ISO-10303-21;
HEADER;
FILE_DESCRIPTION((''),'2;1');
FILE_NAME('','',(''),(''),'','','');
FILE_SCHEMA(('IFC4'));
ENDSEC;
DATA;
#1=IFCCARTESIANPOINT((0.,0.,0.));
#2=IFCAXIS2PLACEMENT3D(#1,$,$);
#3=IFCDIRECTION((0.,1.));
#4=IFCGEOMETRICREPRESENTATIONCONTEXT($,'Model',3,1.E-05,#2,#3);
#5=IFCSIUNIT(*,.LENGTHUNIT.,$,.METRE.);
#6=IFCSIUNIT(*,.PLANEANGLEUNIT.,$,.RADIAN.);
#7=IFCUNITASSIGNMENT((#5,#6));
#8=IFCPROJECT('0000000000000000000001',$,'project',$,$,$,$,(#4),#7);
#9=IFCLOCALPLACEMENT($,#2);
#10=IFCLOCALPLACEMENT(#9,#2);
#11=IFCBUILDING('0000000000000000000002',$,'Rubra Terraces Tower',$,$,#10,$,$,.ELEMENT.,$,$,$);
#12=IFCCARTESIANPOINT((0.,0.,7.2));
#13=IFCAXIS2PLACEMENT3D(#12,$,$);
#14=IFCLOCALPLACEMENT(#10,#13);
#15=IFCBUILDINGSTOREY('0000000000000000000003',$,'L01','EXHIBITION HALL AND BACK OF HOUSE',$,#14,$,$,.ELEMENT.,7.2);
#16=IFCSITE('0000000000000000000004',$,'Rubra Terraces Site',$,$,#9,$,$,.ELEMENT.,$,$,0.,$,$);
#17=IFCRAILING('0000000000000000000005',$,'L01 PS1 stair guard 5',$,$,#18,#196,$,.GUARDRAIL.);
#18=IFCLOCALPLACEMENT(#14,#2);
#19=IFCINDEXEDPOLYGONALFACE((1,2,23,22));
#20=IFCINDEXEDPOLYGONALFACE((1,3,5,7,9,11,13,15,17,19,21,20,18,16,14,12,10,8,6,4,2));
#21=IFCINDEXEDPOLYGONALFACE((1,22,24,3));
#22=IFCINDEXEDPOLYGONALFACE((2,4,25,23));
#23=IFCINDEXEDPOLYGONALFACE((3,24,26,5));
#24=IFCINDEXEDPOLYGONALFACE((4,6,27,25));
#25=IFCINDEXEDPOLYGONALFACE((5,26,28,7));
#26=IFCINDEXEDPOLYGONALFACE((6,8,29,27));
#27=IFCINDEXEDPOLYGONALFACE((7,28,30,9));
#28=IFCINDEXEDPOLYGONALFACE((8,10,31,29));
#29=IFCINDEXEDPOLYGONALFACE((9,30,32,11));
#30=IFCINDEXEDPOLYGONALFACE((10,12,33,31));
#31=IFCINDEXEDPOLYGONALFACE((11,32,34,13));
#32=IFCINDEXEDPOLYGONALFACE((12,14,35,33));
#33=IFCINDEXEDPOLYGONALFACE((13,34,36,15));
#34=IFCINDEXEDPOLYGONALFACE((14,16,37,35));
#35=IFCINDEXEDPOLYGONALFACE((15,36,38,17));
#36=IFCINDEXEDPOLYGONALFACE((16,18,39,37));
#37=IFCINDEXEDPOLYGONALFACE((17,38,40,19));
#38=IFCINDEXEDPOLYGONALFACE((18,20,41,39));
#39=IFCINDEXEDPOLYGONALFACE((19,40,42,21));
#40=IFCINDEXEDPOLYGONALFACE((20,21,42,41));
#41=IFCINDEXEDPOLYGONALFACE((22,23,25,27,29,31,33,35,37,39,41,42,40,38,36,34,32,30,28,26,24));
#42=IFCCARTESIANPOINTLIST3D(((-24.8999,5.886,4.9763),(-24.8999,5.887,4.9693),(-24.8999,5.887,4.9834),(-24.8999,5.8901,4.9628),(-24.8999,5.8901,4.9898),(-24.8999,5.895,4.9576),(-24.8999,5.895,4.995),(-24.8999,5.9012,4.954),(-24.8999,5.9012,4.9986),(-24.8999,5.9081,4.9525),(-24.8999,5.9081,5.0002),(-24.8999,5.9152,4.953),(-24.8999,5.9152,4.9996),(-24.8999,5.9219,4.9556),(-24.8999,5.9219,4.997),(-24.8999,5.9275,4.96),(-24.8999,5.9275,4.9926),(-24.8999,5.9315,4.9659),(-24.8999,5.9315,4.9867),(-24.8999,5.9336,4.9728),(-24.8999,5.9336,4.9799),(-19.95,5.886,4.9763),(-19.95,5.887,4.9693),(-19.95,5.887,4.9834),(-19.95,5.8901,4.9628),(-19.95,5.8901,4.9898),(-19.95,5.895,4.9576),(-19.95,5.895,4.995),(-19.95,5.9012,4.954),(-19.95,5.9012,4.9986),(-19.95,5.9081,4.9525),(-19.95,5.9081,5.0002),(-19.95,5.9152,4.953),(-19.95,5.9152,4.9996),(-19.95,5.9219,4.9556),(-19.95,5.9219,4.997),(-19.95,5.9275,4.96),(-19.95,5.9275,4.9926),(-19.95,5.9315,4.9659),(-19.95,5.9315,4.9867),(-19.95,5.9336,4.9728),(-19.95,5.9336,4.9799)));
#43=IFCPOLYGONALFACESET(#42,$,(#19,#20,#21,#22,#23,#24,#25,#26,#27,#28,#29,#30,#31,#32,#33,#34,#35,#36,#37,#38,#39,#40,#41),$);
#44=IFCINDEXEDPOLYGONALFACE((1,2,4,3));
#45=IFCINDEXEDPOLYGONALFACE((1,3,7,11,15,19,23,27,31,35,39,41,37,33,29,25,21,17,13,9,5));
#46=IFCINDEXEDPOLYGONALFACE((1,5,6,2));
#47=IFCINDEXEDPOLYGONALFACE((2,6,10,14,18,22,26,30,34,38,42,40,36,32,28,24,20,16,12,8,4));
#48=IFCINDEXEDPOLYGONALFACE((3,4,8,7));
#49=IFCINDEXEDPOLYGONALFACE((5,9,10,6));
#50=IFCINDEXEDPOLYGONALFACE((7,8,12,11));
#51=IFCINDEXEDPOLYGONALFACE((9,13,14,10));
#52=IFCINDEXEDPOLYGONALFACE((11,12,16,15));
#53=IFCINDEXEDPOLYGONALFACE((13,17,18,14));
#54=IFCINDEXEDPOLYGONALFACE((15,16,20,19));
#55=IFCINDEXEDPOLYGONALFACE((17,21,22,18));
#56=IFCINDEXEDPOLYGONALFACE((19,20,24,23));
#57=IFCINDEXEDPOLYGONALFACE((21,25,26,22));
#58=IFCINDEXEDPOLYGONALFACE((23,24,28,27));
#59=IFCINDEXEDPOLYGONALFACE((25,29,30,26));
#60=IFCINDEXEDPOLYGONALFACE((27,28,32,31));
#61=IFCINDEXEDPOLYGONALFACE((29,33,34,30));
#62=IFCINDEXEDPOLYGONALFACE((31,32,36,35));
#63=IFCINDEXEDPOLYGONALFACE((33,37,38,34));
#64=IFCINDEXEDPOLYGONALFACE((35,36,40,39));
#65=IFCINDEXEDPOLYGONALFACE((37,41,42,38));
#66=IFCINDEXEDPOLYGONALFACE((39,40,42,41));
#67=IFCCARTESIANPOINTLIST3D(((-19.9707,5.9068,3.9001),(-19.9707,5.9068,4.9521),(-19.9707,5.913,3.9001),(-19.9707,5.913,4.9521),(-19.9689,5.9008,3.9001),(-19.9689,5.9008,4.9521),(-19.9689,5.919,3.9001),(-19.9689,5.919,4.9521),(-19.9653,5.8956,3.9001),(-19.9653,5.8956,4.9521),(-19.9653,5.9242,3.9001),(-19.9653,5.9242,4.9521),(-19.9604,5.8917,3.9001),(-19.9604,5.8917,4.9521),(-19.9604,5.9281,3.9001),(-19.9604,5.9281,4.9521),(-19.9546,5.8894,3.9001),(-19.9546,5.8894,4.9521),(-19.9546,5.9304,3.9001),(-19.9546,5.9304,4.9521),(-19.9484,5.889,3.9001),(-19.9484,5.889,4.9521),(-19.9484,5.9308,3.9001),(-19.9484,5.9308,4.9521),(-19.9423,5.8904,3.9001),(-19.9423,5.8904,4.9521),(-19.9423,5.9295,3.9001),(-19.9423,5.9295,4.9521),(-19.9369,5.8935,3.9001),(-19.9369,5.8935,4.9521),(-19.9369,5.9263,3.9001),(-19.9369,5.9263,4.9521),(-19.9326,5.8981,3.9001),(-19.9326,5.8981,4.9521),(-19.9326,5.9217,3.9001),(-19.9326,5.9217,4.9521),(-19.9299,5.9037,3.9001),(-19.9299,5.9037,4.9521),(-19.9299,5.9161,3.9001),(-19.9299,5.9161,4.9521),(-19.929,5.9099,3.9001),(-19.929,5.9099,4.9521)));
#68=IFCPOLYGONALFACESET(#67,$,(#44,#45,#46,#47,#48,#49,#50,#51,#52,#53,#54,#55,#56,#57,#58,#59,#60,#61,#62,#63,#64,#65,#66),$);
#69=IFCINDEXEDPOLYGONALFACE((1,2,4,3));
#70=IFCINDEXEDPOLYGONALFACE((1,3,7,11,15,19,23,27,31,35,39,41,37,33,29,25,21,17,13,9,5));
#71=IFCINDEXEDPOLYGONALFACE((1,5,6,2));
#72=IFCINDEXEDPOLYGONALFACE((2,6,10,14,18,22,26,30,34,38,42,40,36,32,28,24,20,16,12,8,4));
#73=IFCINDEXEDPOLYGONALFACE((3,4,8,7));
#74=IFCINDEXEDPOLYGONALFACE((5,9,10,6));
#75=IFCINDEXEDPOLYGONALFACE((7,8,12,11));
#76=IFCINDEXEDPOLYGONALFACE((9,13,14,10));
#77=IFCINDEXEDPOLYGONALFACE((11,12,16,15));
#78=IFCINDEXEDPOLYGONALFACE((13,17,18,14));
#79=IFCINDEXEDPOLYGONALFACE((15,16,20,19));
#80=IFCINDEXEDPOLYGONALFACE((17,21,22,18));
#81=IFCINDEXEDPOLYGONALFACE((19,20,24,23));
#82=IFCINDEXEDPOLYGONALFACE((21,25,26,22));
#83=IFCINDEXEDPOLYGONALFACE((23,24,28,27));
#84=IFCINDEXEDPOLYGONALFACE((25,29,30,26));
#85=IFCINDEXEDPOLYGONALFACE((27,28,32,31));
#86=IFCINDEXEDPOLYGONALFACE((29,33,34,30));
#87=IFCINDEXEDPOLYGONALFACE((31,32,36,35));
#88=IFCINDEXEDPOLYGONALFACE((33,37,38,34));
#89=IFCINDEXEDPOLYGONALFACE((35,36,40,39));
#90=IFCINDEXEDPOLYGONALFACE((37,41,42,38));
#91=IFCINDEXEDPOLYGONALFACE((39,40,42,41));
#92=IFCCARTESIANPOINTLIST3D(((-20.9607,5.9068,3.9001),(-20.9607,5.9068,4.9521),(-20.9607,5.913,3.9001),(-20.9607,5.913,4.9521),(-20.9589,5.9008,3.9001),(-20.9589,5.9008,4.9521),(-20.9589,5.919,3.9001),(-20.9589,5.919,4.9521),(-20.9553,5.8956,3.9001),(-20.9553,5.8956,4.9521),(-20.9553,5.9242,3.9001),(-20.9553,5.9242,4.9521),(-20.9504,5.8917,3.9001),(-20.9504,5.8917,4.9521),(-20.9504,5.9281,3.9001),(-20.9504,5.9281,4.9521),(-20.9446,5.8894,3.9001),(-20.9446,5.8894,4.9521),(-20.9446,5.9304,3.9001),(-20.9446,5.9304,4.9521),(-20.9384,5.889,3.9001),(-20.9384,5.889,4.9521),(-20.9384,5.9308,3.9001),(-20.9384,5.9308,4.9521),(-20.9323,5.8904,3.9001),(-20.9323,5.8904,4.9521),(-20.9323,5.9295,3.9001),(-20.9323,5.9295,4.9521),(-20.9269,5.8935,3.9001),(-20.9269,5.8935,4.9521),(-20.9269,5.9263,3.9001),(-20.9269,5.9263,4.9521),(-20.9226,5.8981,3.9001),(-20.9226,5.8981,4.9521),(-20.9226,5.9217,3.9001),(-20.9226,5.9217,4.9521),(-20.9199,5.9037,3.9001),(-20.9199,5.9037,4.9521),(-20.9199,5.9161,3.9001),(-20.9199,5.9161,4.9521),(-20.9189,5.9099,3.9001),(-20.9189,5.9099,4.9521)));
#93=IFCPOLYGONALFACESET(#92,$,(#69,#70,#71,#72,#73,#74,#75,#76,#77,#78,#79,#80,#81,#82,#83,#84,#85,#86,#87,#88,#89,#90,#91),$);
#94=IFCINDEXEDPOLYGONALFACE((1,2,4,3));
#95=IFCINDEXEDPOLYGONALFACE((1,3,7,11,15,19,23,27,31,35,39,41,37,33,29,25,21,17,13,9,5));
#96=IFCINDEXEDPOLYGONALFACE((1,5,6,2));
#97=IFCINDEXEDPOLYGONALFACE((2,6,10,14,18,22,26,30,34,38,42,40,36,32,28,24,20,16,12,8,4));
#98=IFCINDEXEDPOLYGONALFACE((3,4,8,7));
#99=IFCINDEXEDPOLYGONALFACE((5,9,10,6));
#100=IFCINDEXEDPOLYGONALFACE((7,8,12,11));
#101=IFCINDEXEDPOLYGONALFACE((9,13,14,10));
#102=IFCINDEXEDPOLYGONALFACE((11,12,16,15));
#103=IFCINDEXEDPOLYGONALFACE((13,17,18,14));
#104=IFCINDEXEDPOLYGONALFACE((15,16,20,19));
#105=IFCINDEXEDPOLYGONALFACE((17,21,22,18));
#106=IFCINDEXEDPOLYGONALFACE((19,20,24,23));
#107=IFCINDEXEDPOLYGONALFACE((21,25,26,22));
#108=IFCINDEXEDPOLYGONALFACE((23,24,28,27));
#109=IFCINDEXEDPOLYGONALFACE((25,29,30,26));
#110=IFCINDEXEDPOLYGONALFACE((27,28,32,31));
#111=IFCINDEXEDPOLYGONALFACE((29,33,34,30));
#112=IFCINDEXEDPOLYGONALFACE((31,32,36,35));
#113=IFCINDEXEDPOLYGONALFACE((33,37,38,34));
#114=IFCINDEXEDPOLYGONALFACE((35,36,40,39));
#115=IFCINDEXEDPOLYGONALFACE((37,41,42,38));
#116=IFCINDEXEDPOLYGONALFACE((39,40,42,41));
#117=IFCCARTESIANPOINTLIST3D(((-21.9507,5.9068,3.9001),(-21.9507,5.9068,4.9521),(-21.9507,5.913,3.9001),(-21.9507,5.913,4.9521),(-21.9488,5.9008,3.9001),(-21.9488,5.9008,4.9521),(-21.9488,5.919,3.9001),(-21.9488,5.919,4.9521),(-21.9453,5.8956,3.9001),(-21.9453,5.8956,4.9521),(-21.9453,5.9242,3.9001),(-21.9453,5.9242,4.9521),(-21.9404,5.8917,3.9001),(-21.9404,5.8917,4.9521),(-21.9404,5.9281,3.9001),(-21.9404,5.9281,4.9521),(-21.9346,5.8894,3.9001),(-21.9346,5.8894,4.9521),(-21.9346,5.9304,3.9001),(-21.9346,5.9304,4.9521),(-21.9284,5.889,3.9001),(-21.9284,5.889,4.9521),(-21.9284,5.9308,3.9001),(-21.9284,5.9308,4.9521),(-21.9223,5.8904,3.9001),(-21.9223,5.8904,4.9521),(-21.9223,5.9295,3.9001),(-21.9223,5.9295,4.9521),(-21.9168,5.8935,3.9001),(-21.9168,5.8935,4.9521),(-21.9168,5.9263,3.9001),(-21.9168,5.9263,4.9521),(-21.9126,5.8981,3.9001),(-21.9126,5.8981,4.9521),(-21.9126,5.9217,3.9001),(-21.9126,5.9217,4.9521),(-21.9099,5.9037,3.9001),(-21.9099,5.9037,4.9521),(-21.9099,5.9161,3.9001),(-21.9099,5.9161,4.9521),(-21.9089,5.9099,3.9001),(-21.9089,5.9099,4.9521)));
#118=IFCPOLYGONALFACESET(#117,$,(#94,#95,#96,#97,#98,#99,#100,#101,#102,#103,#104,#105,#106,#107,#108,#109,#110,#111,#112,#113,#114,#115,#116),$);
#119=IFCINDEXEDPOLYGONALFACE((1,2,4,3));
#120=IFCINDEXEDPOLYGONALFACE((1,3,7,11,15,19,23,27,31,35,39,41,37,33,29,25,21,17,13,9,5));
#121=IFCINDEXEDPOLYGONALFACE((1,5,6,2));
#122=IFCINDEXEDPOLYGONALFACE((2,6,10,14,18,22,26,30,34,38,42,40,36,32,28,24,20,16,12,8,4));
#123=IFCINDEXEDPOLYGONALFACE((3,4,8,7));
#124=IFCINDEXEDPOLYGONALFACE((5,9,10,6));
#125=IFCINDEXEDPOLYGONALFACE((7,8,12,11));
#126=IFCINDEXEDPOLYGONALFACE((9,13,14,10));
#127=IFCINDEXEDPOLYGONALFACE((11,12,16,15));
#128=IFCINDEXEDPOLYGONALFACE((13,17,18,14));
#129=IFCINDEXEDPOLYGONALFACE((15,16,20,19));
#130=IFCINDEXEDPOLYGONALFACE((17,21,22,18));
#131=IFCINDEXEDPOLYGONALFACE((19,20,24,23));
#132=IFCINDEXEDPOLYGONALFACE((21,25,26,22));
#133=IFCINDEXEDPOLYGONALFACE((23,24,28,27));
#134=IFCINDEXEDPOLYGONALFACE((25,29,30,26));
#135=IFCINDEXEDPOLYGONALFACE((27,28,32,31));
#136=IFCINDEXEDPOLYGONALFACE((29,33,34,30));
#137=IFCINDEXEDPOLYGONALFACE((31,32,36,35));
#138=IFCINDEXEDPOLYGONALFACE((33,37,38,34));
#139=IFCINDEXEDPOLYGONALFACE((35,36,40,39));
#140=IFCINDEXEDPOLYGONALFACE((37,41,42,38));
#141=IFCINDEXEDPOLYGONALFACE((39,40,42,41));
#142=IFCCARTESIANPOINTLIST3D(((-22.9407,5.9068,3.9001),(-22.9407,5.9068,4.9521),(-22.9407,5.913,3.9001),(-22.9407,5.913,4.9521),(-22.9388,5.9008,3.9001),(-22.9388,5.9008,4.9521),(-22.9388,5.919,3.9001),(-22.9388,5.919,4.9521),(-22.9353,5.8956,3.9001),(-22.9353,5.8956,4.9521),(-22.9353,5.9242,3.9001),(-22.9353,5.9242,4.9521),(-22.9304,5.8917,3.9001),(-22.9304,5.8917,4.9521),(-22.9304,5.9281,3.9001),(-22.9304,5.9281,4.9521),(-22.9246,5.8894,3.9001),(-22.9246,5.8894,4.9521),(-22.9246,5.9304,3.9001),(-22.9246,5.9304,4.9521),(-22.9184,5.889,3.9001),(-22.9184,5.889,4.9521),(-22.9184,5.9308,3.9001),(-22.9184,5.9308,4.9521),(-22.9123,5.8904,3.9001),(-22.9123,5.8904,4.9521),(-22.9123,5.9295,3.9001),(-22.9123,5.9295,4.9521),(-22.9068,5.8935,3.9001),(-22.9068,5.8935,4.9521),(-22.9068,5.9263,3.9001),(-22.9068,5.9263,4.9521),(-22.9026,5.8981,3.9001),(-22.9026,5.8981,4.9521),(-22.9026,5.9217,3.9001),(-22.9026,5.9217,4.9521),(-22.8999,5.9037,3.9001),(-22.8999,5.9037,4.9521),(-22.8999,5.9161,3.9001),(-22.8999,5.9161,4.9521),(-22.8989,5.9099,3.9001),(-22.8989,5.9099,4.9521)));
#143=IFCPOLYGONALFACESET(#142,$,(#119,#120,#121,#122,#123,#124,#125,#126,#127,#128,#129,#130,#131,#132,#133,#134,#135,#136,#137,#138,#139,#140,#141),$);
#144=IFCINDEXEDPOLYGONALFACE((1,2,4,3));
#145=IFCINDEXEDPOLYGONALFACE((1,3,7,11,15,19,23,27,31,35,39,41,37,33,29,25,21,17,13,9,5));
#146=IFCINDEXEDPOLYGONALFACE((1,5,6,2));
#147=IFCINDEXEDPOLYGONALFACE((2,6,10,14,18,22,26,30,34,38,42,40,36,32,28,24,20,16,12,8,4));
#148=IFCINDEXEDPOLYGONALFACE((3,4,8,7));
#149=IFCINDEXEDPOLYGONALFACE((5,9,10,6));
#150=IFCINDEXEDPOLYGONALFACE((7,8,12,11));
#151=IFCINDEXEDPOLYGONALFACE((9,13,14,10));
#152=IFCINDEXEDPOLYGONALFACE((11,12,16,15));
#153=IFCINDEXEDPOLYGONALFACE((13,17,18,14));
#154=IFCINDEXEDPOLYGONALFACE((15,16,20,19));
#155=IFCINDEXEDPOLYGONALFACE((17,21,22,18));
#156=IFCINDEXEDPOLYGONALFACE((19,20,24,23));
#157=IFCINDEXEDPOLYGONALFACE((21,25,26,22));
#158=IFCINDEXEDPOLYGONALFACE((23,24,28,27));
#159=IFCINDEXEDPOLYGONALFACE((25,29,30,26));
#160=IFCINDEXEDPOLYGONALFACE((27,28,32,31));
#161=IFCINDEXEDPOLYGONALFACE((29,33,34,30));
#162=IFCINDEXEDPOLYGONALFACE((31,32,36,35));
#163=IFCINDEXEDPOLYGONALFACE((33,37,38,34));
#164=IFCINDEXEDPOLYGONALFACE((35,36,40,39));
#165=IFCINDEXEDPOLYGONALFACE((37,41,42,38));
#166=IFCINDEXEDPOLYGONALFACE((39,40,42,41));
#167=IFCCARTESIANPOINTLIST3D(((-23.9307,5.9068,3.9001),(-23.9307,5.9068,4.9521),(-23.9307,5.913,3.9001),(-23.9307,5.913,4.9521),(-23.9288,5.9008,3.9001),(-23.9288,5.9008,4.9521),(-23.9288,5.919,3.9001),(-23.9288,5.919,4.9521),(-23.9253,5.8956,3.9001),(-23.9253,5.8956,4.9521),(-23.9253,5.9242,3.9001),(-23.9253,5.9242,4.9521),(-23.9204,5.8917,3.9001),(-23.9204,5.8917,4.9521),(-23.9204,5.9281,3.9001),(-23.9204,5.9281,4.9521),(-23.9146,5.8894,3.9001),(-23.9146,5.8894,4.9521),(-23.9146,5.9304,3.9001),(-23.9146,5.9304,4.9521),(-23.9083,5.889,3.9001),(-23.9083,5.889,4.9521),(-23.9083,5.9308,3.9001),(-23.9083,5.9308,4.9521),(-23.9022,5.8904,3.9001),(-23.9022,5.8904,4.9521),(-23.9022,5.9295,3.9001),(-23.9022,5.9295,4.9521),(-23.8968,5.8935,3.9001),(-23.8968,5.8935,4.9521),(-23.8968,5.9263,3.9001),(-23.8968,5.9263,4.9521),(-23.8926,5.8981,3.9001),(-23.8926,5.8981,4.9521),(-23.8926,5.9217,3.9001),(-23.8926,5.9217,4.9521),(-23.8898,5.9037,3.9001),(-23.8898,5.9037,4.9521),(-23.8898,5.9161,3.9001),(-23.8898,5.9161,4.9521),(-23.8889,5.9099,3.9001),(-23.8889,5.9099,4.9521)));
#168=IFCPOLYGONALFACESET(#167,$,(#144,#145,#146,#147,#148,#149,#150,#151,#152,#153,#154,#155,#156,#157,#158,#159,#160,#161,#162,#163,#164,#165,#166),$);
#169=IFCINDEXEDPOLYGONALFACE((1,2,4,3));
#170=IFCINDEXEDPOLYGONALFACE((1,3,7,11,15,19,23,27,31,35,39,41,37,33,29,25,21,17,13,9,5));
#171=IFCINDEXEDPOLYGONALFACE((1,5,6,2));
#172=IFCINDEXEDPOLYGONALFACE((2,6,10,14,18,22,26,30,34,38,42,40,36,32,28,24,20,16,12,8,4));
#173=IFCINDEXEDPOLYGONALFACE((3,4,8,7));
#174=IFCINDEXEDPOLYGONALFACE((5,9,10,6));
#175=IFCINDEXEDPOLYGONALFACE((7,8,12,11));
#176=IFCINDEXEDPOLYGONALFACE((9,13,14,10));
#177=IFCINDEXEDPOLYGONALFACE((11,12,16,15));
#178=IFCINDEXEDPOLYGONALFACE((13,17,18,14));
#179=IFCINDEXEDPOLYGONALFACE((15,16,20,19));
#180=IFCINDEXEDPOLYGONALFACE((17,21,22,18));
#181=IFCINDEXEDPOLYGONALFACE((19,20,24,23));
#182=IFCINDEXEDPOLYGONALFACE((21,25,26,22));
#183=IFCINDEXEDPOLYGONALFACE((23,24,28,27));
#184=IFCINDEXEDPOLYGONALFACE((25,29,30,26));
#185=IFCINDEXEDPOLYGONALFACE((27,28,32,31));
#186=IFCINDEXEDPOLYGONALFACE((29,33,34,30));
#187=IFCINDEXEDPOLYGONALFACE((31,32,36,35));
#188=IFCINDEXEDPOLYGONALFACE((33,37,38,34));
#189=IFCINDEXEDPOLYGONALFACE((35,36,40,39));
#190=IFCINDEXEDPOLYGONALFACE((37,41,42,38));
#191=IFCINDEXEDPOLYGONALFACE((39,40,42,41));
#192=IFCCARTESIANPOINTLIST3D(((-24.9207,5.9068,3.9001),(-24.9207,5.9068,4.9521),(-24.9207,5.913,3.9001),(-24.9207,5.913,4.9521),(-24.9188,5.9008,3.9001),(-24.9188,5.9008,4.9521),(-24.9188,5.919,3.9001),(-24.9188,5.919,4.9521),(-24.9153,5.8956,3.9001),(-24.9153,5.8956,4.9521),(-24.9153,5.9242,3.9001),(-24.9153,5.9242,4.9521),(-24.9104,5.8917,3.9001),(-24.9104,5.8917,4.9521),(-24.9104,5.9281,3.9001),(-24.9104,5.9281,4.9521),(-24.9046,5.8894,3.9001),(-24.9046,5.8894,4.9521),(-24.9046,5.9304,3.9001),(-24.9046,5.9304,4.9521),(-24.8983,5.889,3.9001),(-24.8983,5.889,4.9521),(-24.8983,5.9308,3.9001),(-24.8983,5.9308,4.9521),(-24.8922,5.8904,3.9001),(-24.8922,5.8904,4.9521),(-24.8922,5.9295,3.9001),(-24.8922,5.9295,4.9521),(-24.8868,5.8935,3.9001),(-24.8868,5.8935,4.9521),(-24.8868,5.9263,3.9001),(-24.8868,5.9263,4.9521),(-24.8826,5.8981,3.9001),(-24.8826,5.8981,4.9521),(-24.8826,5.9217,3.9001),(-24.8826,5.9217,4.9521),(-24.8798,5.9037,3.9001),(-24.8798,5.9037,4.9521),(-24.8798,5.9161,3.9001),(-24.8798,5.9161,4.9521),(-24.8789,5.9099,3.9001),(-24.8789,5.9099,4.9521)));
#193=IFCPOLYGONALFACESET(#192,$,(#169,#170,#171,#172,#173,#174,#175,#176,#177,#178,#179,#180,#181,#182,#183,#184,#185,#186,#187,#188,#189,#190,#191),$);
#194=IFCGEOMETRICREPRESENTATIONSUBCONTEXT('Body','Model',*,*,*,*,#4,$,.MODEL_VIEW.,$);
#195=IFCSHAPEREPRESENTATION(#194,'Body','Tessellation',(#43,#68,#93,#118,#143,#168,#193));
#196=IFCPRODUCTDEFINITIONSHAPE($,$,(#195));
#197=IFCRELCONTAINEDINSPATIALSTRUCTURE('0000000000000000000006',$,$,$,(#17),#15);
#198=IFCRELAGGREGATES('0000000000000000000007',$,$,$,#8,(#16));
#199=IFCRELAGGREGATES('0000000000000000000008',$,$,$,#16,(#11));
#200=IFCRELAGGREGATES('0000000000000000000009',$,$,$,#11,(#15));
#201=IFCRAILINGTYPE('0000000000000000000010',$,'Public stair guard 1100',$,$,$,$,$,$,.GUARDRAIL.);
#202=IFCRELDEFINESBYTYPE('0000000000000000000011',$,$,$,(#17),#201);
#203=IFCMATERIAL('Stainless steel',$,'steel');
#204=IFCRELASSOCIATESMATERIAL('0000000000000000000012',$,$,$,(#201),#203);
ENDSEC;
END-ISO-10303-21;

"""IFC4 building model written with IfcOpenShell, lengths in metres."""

from ifc_helpers import new_model, si_unit, direction, frame, origin, origin_2d, place, context, subcontext, project, spatial, circle, extrude, material, type_object, element, save


model = new_model("IFC4")

# Units and contexts
model_context = context("Model", 3, precision=1e-05, world=origin(), true_north=direction((0.0, 1.0)))
body_context = subcontext(model_context, "Body", "Model", "MODEL_VIEW")
ifc_project = project(units=[si_unit("LENGTHUNIT", "METRE"), si_unit("PLANEANGLEUNIT", "RADIAN")], contexts=[model_context])

# Site, building, storey
site_placement = place(None, origin())
site = spatial("IfcSite", under=ifc_project, at=site_placement, Name="Rubra Terraces Site", CompositionType="ELEMENT", RefElevation=0.0)
building_placement = place(site_placement, origin())
building = spatial("IfcBuilding", under=site, at=building_placement, Name="Rubra Terraces Tower", CompositionType="ELEMENT")
storey_placement = place(building_placement, frame((0.0, 0.0, 7.2)))
storey = spatial("IfcBuildingStorey", under=building, at=storey_placement, Name="L01", Description="EXHIBITION HALL AND BACK OF HOUSE", CompositionType="ELEMENT", Elevation=7.2)

# Railing
ifc_material_1 = material(Name="Stainless steel", Category="steel")
railing_type_1 = type_object("IfcRailingType", Name="Public stair guard 1100", PredefinedType="GUARDRAIL", material=ifc_material_1)
railing_1_placement = place(storey_placement, frame((-19.95, 5.9099, 3.9001)))
element("IfcRailing", 1, at=railing_1_placement, inside=storey, type_object=railing_type_1, Name="L01 PS1 stair guard 5", PredefinedType="GUARDRAIL", context=body_context, shape_type="SweptSolid", body=[
    extrude(circle(Radius=0.0239, at=origin_2d()), frame((0.0, 0.0, 1.0762), z_axis=(-1.0, 0.0, 0.0), x_axis=(0.0, -1.0, 0.0)), (0.0, 0.0, 1.0), 4.95),
    extrude(circle(Radius=0.021, at=origin_2d()), origin(), (0.0, 0.0, 1.0), 1.052),
    extrude(circle(Radius=0.021, at=origin_2d()), frame((-0.99, 0.0, 0.0)), (0.0, 0.0, 1.0), 1.052),
    extrude(circle(Radius=0.021, at=origin_2d()), frame((-1.98, 0.0, 0.0)), (0.0, 0.0, 1.0), 1.052),
    extrude(circle(Radius=0.021, at=origin_2d()), frame((-2.97, 0.0, 0.0)), (0.0, 0.0, 1.0), 1.052),
    extrude(circle(Radius=0.021, at=origin_2d()), frame((-3.96, 0.0, 0.0)), (0.0, 0.0, 1.0), 1.052),
    extrude(circle(Radius=0.021, at=origin_2d()), frame((-4.95, 0.0, 0.0)), (0.0, 0.0, 1.0), 1.052),
])

save(model, "model.ifc")
